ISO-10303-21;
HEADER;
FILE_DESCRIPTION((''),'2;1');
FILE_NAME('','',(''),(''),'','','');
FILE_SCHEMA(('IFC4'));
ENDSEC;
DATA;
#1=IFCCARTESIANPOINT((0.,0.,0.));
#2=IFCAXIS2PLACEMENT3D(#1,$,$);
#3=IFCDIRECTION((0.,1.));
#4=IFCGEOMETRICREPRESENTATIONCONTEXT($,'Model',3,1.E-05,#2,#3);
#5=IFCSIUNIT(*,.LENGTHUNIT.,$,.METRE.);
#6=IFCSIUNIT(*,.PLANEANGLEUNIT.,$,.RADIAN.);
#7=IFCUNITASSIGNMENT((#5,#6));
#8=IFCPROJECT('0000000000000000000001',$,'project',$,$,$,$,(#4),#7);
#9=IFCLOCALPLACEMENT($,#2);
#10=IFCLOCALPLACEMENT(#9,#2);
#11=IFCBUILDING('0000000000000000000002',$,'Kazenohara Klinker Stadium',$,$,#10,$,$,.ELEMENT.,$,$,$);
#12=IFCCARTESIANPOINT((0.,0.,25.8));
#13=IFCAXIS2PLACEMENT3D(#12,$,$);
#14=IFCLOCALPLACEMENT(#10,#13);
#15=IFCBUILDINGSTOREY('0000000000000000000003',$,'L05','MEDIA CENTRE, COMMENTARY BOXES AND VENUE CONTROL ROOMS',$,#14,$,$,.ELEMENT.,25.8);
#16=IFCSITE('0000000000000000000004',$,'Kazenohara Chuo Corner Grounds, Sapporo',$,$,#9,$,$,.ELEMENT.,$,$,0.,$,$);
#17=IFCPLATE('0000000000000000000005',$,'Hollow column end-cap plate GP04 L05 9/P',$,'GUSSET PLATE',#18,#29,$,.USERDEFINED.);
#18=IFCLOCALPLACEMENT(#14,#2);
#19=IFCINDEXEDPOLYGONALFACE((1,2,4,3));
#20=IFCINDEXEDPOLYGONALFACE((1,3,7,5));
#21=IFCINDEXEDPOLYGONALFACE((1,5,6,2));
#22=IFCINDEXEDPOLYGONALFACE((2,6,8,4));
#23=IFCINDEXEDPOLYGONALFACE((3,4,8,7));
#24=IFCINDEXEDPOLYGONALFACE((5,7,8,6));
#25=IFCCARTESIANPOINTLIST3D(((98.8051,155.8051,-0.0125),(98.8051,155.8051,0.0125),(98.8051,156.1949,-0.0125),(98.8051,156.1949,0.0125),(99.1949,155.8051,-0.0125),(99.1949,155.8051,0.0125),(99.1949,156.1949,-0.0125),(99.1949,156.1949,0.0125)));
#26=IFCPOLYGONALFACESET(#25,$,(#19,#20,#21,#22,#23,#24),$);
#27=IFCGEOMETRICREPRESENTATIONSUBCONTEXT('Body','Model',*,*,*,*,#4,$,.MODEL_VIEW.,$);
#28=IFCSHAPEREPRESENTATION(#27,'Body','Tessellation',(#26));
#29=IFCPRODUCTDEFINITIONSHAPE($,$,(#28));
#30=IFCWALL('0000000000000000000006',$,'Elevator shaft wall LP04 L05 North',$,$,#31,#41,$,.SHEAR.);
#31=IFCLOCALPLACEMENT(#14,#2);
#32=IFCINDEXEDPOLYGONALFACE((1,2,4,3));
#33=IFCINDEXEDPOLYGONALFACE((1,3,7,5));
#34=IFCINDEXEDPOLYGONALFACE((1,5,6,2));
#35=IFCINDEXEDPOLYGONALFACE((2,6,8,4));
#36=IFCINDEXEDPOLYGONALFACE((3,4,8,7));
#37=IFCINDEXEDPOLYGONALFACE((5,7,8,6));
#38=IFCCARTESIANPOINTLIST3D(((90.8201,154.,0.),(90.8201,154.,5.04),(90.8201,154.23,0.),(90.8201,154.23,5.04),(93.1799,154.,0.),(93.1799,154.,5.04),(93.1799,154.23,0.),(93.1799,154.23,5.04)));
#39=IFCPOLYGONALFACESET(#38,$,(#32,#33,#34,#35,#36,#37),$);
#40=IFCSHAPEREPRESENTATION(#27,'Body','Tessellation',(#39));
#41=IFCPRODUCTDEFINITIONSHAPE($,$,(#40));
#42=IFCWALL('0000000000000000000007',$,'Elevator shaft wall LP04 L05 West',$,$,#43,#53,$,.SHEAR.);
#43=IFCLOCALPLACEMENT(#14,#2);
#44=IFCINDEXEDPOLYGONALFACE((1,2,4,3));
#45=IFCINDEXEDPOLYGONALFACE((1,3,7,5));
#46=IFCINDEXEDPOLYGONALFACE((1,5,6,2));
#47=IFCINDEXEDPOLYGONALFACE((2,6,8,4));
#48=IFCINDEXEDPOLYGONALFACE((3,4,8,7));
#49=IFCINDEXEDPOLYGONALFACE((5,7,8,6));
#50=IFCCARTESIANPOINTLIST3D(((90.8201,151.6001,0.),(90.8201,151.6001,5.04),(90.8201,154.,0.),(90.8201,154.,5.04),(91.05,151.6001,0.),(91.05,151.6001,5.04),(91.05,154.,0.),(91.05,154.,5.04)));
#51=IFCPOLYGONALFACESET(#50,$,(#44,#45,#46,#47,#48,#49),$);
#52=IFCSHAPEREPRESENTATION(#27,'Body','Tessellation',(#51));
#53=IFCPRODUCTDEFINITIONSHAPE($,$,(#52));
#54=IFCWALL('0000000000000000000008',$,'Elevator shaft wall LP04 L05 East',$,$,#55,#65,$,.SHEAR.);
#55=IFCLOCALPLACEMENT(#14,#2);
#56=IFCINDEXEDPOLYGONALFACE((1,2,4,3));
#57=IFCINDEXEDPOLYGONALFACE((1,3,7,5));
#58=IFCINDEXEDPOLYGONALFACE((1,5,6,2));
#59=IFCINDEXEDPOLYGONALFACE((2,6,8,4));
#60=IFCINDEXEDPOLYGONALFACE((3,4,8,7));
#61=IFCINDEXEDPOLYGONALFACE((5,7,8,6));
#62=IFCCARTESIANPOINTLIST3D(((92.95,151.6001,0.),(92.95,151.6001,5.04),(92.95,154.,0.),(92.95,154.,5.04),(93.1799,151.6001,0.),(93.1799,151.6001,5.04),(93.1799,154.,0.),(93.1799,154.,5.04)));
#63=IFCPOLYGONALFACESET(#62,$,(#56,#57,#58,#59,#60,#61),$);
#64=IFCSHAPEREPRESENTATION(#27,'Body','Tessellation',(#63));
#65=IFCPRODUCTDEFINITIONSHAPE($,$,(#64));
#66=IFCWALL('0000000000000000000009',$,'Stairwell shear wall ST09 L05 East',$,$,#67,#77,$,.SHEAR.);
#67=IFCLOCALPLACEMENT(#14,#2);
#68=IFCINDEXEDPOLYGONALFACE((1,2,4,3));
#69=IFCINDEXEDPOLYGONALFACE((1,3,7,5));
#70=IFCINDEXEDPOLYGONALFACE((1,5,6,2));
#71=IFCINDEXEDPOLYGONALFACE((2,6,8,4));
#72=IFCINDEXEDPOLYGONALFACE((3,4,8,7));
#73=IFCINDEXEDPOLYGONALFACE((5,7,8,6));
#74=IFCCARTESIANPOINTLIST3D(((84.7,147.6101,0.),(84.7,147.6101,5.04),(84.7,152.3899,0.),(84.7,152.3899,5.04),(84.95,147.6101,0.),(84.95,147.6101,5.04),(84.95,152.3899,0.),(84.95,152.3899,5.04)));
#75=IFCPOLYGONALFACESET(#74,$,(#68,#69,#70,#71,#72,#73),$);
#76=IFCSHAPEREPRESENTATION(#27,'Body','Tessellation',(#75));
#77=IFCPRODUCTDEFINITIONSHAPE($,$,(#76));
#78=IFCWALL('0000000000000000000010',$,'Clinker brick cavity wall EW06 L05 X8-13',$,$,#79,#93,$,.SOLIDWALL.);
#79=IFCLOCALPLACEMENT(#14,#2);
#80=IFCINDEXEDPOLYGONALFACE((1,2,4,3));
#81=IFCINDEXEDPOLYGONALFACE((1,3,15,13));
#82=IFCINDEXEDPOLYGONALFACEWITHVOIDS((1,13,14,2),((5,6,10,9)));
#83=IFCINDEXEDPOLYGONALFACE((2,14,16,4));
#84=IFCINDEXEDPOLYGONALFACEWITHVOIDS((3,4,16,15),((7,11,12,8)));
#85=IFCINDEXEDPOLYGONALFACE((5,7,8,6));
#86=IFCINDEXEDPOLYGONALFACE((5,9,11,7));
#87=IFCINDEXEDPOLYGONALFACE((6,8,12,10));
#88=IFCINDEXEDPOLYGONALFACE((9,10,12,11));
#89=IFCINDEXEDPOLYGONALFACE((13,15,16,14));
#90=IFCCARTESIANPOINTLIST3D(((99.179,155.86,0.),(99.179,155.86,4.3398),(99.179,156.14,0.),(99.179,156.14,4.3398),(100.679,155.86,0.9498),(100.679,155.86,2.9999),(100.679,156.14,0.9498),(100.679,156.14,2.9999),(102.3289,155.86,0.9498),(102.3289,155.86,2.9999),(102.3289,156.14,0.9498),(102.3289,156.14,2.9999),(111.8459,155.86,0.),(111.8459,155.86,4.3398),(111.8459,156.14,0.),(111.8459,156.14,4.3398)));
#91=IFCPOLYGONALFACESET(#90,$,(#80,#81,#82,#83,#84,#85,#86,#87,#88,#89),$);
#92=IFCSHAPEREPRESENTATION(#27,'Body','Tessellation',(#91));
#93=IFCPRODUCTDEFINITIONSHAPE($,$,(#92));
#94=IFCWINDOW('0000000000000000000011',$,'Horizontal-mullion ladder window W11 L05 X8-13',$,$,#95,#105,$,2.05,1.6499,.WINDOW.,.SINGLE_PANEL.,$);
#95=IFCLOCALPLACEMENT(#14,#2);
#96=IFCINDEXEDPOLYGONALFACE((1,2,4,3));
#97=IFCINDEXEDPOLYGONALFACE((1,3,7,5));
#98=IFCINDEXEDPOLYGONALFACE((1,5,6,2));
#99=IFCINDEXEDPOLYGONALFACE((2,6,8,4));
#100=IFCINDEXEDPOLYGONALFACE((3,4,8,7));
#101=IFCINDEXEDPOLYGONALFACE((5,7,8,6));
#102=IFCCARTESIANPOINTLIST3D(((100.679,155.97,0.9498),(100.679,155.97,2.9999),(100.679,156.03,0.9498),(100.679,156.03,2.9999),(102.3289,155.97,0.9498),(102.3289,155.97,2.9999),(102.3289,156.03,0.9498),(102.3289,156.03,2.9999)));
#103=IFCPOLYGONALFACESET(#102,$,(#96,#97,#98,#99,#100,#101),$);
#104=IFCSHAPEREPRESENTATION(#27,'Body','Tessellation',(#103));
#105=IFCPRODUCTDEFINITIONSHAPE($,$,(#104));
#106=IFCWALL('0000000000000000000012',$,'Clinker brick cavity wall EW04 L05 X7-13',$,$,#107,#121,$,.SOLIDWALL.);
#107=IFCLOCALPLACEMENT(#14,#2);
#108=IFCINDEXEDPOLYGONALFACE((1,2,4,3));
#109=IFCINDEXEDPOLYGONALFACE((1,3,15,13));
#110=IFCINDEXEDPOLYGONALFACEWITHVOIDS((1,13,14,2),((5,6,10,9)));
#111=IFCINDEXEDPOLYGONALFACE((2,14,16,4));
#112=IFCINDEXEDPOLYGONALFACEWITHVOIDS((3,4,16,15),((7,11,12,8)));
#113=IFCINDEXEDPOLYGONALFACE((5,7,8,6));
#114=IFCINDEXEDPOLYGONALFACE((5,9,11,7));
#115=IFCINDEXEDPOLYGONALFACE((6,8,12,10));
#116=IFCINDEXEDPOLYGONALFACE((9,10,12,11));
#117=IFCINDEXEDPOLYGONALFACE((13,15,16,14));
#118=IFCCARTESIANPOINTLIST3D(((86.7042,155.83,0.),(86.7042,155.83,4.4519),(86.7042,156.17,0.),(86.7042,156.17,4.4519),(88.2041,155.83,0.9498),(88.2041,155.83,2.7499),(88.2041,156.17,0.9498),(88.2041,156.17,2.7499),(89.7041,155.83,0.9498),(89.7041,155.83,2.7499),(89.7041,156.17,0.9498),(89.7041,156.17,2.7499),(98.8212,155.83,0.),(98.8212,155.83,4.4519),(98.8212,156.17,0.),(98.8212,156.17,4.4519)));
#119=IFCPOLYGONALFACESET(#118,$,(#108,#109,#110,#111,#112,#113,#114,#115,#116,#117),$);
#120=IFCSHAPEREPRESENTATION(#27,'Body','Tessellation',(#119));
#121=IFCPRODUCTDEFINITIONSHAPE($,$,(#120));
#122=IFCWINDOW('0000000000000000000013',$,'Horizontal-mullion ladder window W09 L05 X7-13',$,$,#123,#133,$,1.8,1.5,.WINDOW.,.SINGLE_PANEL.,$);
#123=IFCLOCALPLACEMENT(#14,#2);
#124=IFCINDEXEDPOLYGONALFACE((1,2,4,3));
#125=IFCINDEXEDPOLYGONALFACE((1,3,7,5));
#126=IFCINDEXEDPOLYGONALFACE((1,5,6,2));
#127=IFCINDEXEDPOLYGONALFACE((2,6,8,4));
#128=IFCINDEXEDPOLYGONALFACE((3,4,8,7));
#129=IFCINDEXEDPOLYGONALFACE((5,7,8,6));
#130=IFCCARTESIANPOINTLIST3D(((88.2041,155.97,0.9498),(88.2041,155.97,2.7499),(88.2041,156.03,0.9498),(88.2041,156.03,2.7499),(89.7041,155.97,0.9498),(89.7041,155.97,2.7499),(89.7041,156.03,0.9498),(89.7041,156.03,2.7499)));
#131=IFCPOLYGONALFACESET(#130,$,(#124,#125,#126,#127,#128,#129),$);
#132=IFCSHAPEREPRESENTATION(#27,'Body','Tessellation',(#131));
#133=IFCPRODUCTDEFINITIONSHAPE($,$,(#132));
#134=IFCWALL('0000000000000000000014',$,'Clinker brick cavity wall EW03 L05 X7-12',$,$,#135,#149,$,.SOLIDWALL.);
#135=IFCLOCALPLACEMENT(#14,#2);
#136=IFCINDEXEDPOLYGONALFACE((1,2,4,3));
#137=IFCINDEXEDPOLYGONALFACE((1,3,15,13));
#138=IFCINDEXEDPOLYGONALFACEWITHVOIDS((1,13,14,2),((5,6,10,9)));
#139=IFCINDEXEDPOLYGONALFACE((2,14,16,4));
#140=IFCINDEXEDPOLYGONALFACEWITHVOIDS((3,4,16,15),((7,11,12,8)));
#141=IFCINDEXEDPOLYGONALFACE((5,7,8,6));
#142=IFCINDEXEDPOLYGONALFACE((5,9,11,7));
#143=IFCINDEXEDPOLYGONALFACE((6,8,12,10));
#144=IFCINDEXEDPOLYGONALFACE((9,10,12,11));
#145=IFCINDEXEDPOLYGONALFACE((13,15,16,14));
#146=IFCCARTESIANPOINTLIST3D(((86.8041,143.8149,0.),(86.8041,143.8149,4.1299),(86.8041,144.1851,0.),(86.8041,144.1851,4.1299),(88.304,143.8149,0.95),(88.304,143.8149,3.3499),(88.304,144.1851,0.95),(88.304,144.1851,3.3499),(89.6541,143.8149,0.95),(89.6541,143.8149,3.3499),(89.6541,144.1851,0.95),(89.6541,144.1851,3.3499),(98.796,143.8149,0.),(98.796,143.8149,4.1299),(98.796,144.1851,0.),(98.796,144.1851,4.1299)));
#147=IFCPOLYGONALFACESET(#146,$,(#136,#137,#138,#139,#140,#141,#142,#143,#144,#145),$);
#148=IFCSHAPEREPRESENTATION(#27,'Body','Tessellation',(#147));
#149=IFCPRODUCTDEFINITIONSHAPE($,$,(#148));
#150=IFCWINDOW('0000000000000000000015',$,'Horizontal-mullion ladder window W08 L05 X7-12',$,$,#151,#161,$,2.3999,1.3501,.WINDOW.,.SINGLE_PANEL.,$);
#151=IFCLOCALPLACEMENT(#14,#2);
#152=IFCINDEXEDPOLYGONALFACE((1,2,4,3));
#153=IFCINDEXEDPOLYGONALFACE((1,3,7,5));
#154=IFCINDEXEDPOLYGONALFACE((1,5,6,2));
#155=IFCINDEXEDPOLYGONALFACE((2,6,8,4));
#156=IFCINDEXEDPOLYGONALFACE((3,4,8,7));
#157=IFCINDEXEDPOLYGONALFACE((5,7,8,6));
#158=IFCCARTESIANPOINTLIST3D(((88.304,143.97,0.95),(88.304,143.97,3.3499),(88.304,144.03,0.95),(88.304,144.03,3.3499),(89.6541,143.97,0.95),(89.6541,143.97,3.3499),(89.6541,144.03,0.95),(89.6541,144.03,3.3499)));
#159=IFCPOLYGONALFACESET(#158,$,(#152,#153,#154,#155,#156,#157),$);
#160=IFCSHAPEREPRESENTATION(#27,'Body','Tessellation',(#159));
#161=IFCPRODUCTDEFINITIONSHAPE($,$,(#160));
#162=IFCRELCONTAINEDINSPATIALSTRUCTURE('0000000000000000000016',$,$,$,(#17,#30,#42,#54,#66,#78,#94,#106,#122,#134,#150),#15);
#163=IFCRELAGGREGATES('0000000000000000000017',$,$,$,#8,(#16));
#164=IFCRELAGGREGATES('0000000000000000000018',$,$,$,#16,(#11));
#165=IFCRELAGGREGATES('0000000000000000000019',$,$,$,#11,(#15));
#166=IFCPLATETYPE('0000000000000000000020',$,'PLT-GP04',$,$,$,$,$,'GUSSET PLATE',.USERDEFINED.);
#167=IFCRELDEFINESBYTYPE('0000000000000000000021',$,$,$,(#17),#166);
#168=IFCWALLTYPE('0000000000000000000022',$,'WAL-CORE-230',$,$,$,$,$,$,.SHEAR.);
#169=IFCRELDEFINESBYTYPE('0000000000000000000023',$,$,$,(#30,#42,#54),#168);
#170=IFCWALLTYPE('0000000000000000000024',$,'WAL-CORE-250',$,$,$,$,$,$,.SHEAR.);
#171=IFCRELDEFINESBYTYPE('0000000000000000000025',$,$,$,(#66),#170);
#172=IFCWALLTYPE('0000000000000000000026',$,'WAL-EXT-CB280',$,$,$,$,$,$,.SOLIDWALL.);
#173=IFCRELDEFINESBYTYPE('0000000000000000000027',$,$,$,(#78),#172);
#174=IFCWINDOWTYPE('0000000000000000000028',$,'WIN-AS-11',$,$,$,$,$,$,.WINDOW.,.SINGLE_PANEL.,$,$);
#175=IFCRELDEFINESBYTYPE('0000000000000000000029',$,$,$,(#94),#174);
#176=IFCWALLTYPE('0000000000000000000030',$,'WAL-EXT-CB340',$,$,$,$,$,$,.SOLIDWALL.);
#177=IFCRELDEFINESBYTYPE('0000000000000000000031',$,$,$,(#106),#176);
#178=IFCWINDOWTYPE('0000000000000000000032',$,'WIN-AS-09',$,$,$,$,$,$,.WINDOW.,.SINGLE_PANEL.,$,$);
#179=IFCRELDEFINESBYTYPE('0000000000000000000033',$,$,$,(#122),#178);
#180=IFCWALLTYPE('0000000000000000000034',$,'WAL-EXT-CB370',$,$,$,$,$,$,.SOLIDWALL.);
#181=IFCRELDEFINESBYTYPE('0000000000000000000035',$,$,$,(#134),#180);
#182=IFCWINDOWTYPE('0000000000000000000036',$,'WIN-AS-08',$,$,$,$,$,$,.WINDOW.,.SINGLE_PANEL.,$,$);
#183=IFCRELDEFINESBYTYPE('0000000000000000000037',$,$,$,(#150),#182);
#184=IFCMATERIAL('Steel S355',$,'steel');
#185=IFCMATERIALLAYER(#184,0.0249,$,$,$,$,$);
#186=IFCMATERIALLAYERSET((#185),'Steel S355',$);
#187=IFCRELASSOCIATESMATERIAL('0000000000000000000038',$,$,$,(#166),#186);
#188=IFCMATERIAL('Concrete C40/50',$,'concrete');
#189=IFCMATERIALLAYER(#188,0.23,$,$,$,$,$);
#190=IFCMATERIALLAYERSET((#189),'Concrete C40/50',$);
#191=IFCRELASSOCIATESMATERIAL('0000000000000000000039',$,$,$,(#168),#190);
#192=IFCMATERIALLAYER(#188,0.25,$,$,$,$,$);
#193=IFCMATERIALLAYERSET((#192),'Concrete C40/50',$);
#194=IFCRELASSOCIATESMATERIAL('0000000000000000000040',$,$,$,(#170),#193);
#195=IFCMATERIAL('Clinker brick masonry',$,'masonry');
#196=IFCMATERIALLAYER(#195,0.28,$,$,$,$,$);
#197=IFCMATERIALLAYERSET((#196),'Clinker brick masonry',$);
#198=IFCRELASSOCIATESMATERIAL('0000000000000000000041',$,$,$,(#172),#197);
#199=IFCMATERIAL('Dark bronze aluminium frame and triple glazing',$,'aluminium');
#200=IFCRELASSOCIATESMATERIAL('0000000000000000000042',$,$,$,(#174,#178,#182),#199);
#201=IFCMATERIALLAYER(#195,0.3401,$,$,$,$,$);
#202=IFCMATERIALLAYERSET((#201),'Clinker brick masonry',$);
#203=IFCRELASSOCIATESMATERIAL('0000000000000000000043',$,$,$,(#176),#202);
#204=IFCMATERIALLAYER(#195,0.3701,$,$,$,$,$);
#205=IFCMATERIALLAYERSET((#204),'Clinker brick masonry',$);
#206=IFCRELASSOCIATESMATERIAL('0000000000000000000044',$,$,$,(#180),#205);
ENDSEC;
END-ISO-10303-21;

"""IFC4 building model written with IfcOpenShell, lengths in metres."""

from ifc_helpers import new_model, si_unit, direction, frame, frame_2d, origin, origin_2d, place, context, subcontext, project, spatial, rectangle, extrude, material, layer, layer_set, type_object, element, fill, save


model = new_model("IFC4")

# Units and contexts
model_context = context("Model", 3, precision=1e-05, world=origin(), true_north=direction((0.0, 1.0)))
body_context = subcontext(model_context, "Body", "Model", "MODEL_VIEW")
ifc_project = project(units=[si_unit("LENGTHUNIT", "METRE"), si_unit("PLANEANGLEUNIT", "RADIAN")], contexts=[model_context])

# Site, building, storey
site_placement = place(None, origin())
site = spatial("IfcSite", under=ifc_project, at=site_placement, Name="Kazenohara Chuo Corner Grounds, Sapporo", CompositionType="ELEMENT", RefElevation=0.0)
building_placement = place(site_placement, origin())
building = spatial("IfcBuilding", under=site, at=building_placement, Name="Kazenohara Klinker Stadium", CompositionType="ELEMENT")
storey_placement = place(building_placement, frame((0.0, 0.0, 25.8)))
storey = spatial("IfcBuildingStorey", under=building, at=storey_placement, Name="L05", Description="MEDIA CENTRE, COMMENTARY BOXES AND VENUE CONTROL ROOMS", CompositionType="ELEMENT", Elevation=25.8)

# Shared definitions
ifc_material_1 = material(Name="Concrete C40/50", Category="concrete")
ifc_material_2 = material(Name="Steel S355", Category="steel")

# Plate
ifc_layer_1 = layer(ifc_material_2, 0.0249)
ifc_layer_set_1 = layer_set([ifc_layer_1], Name="Steel S355")
plate_type_1 = type_object("IfcPlateType", Name="PLT-GP04", ElementType="GUSSET PLATE", PredefinedType="USERDEFINED", material=ifc_layer_set_1)
plate_1_placement = place(storey_placement, frame((99.0, 156.0, -0.0125), z_axis=(0.0, 0.0, 1.0), x_axis=(1.0, 0.0, 0.0)))
element("IfcPlate", 1, at=plate_1_placement, inside=storey, type_object=plate_type_1, Name="Hollow column end-cap plate GP04 L05 9/P", ObjectType="GUSSET PLATE", PredefinedType="USERDEFINED", context=body_context, shape_type="SweptSolid", body=[
    extrude(rectangle(XDim=0.3899, YDim=0.3899, at=origin_2d()), origin(), (0.0, 0.0, 1.0), 0.0249),
])

# Shared definitions
ifc_layer_2 = layer(ifc_material_1, 0.23)
ifc_layer_set_2 = layer_set([ifc_layer_2], Name="Concrete C40/50")
wall_type_1 = type_object("IfcWallType", Name="WAL-CORE-230", PredefinedType="SHEAR", material=ifc_layer_set_2)

# Walls
wall_1_placement = place(storey_placement, frame((90.8201, 154.115, 0.0), z_axis=(0.0, 0.0, 1.0), x_axis=(1.0, 0.0, 0.0)))
element("IfcWall", 2, at=wall_1_placement, inside=storey, type_object=wall_type_1, Name="Elevator shaft wall LP04 L05 North", PredefinedType="SHEAR", context=body_context, shape_type="SweptSolid", body=[
    extrude(rectangle(XDim=2.3599, YDim=0.23, at=frame_2d((1.1799, 0.0))), origin(), (0.0, 0.0, 1.0), 5.04),
])
for number, where, z_axis, x_axis, name in (
    (3, (90.9351, 151.6001, 0.0), (0.0, 0.0, 1.0), (0.0, 1.0, 0.0), "Elevator shaft wall LP04 L05 West"),
    (4, (93.0649, 151.6001, 0.0), (0.0, 0.0, 1.0), (0.0, 1.0, 0.0), "Elevator shaft wall LP04 L05 East"),
):
    element("IfcWall", number, at=place(storey_placement, frame(where, z_axis=z_axis, x_axis=x_axis)), inside=storey, type_object=wall_type_1, Name=name, PredefinedType="SHEAR", context=body_context, shape_type="SweptSolid", body=[
        extrude(rectangle(XDim=2.3999, YDim=0.23, at=frame_2d((1.2, 0.0))), origin(), (0.0, 0.0, 1.0), 5.04),
    ])
ifc_layer_3 = layer(ifc_material_1, 0.25)
ifc_layer_set_3 = layer_set([ifc_layer_3], Name="Concrete C40/50")
wall_type_2 = type_object("IfcWallType", Name="WAL-CORE-250", PredefinedType="SHEAR", material=ifc_layer_set_3)
wall_2_placement = place(storey_placement, frame((84.825, 147.6101, 0.0), z_axis=(0.0, 0.0, 1.0), x_axis=(0.0, 1.0, 0.0)))
element("IfcWall", 5, at=wall_2_placement, inside=storey, type_object=wall_type_2, Name="Stairwell shear wall ST09 L05 East", PredefinedType="SHEAR", context=body_context, shape_type="SweptSolid", body=[
    extrude(rectangle(XDim=4.7798, YDim=0.25, at=frame_2d((2.3899, 0.0))), origin(), (0.0, 0.0, 1.0), 5.04),
])

# Walls, openings, windows
ifc_material_3 = material(Name="Clinker brick masonry", Category="masonry")
ifc_layer_4 = layer(ifc_material_3, 0.28)
ifc_layer_set_4 = layer_set([ifc_layer_4], Name="Clinker brick masonry")
wall_type_3 = type_object("IfcWallType", Name="WAL-EXT-CB280", PredefinedType="SOLIDWALL", material=ifc_layer_set_4)
wall_3_placement = place(storey_placement, frame((99.179, 156.0, 0.0), z_axis=(0.0, 0.0, 1.0), x_axis=(1.0, 0.0, 0.0)))
wall_3 = element("IfcWall", 6, at=wall_3_placement, inside=storey, type_object=wall_type_3, Name="Clinker brick cavity wall EW06 L05 X8-13", PredefinedType="SOLIDWALL", context=body_context, shape_type="SweptSolid", body=[
    extrude(rectangle(XDim=12.667, YDim=0.28, at=frame_2d((6.3335, 0.0))), origin(), (0.0, 0.0, 1.0), 4.3398),
])
opening_1_placement = place(wall_3_placement, frame((1.5, 0.0, 0.95)))
opening_1 = element("IfcOpeningElement", 7, at=opening_1_placement, cuts=wall_3, PredefinedType="OPENING", context=body_context, shape_type="SweptSolid", body=[
    extrude(rectangle(XDim=1.6499, YDim=2.05, at=frame_2d((0.825, 1.0249))), frame((0.0, 0.1499, 0.0), z_axis=(0.0, -1.0, 0.0), x_axis=(1.0, 0.0, 0.0)), (0.0, 0.0, 1.0), 0.3),
])
ifc_material_4 = material(Name="Dark bronze aluminium frame and triple glazing", Category="aluminium")
window_type_1 = type_object("IfcWindowType", Name="WIN-AS-11", PartitioningType="SINGLE_PANEL", PredefinedType="WINDOW", material=ifc_material_4)
window_1_placement = place(opening_1_placement, origin())
window_1 = element("IfcWindow", 8, at=window_1_placement, inside=storey, type_object=window_type_1, Name="Horizontal-mullion ladder window W11 L05 X8-13", OverallHeight=2.05, OverallWidth=1.6499, PartitioningType="SINGLE_PANEL", PredefinedType="WINDOW", context=body_context, shape_type="SweptSolid", body=[
    extrude(rectangle(XDim=1.6499, YDim=2.05, at=frame_2d((0.825, 1.0249))), frame((0.0, 0.03, 0.0), z_axis=(0.0, -1.0, 0.0), x_axis=(1.0, 0.0, 0.0)), (0.0, 0.0, 1.0), 0.0601),
])
fill(opening_1, window_1)
ifc_layer_5 = layer(ifc_material_3, 0.3401)
ifc_layer_set_5 = layer_set([ifc_layer_5], Name="Clinker brick masonry")
wall_type_4 = type_object("IfcWallType", Name="WAL-EXT-CB340", PredefinedType="SOLIDWALL", material=ifc_layer_set_5)
wall_4_placement = place(storey_placement, frame((86.7041, 156.0, 0.0), z_axis=(0.0, 0.0, 1.0), x_axis=(1.0, 0.0, 0.0)))
wall_4 = element("IfcWall", 9, at=wall_4_placement, inside=storey, type_object=wall_type_4, Name="Clinker brick cavity wall EW04 L05 X7-13", PredefinedType="SOLIDWALL", context=body_context, shape_type="SweptSolid", body=[
    extrude(rectangle(XDim=12.1169, YDim=0.3401, at=frame_2d((6.0586, 0.0))), origin(), (0.0, 0.0, 1.0), 4.4519),
])
opening_2_placement = place(wall_4_placement, frame((1.5, 0.0, 0.95)))
opening_2 = element("IfcOpeningElement", 10, at=opening_2_placement, cuts=wall_4, PredefinedType="OPENING", context=body_context, shape_type="SweptSolid", body=[
    extrude(rectangle(XDim=1.5, YDim=1.8, at=frame_2d((0.75, 0.8999))), frame((0.0, 0.1802, 0.0), z_axis=(0.0, -1.0, 0.0), x_axis=(1.0, 0.0, 0.0)), (0.0, 0.0, 1.0), 0.3601),
])
window_type_2 = type_object("IfcWindowType", Name="WIN-AS-09", PartitioningType="SINGLE_PANEL", PredefinedType="WINDOW", material=ifc_material_4)
window_2_placement = place(opening_2_placement, origin())
window_2 = element("IfcWindow", 11, at=window_2_placement, inside=storey, type_object=window_type_2, Name="Horizontal-mullion ladder window W09 L05 X7-13", OverallHeight=1.8, OverallWidth=1.5, PartitioningType="SINGLE_PANEL", PredefinedType="WINDOW", context=body_context, shape_type="SweptSolid", body=[
    extrude(rectangle(XDim=1.5, YDim=1.8, at=frame_2d((0.75, 0.8999))), frame((0.0, 0.03, 0.0), z_axis=(0.0, -1.0, 0.0), x_axis=(1.0, 0.0, 0.0)), (0.0, 0.0, 1.0), 0.0601),
])
fill(opening_2, window_2)
ifc_layer_6 = layer(ifc_material_3, 0.3701)
ifc_layer_set_6 = layer_set([ifc_layer_6], Name="Clinker brick masonry")
wall_type_5 = type_object("IfcWallType", Name="WAL-EXT-CB370", PredefinedType="SOLIDWALL", material=ifc_layer_set_6)
wall_5_placement = place(storey_placement, frame((86.804, 144.0, 0.0), z_axis=(0.0, 0.0, 1.0), x_axis=(1.0, 0.0, 0.0)))
wall_5 = element("IfcWall", 12, at=wall_5_placement, inside=storey, type_object=wall_type_5, Name="Clinker brick cavity wall EW03 L05 X7-12", PredefinedType="SOLIDWALL", context=body_context, shape_type="SweptSolid", body=[
    extrude(rectangle(XDim=11.9919, YDim=0.3701, at=frame_2d((5.9961, 0.0))), origin(), (0.0, 0.0, 1.0), 4.1299),
])
opening_3_placement = place(wall_5_placement, frame((1.5, 0.0, 0.95)))
opening_3 = element("IfcOpeningElement", 13, at=opening_3_placement, cuts=wall_5, PredefinedType="OPENING", context=body_context, shape_type="SweptSolid", body=[
    extrude(rectangle(XDim=1.3501, YDim=2.3999, at=frame_2d((0.675, 1.2))), frame((0.0, 0.1951, 0.0), z_axis=(0.0, -1.0, 0.0), x_axis=(1.0, 0.0, 0.0)), (0.0, 0.0, 1.0), 0.3901),
])
window_type_3 = type_object("IfcWindowType", Name="WIN-AS-08", PartitioningType="SINGLE_PANEL", PredefinedType="WINDOW", material=ifc_material_4)
window_3_placement = place(opening_3_placement, origin())
window_3 = element("IfcWindow", 14, at=window_3_placement, inside=storey, type_object=window_type_3, Name="Horizontal-mullion ladder window W08 L05 X7-12", OverallHeight=2.3999, OverallWidth=1.3501, PartitioningType="SINGLE_PANEL", PredefinedType="WINDOW", context=body_context, shape_type="SweptSolid", body=[
    extrude(rectangle(XDim=1.3501, YDim=2.3999, at=frame_2d((0.675, 1.2))), frame((0.0, 0.03, 0.0), z_axis=(0.0, -1.0, 0.0), x_axis=(1.0, 0.0, 0.0)), (0.0, 0.0, 1.0), 0.0601),
])
fill(opening_3, window_3)

save(model, "model.ifc")
